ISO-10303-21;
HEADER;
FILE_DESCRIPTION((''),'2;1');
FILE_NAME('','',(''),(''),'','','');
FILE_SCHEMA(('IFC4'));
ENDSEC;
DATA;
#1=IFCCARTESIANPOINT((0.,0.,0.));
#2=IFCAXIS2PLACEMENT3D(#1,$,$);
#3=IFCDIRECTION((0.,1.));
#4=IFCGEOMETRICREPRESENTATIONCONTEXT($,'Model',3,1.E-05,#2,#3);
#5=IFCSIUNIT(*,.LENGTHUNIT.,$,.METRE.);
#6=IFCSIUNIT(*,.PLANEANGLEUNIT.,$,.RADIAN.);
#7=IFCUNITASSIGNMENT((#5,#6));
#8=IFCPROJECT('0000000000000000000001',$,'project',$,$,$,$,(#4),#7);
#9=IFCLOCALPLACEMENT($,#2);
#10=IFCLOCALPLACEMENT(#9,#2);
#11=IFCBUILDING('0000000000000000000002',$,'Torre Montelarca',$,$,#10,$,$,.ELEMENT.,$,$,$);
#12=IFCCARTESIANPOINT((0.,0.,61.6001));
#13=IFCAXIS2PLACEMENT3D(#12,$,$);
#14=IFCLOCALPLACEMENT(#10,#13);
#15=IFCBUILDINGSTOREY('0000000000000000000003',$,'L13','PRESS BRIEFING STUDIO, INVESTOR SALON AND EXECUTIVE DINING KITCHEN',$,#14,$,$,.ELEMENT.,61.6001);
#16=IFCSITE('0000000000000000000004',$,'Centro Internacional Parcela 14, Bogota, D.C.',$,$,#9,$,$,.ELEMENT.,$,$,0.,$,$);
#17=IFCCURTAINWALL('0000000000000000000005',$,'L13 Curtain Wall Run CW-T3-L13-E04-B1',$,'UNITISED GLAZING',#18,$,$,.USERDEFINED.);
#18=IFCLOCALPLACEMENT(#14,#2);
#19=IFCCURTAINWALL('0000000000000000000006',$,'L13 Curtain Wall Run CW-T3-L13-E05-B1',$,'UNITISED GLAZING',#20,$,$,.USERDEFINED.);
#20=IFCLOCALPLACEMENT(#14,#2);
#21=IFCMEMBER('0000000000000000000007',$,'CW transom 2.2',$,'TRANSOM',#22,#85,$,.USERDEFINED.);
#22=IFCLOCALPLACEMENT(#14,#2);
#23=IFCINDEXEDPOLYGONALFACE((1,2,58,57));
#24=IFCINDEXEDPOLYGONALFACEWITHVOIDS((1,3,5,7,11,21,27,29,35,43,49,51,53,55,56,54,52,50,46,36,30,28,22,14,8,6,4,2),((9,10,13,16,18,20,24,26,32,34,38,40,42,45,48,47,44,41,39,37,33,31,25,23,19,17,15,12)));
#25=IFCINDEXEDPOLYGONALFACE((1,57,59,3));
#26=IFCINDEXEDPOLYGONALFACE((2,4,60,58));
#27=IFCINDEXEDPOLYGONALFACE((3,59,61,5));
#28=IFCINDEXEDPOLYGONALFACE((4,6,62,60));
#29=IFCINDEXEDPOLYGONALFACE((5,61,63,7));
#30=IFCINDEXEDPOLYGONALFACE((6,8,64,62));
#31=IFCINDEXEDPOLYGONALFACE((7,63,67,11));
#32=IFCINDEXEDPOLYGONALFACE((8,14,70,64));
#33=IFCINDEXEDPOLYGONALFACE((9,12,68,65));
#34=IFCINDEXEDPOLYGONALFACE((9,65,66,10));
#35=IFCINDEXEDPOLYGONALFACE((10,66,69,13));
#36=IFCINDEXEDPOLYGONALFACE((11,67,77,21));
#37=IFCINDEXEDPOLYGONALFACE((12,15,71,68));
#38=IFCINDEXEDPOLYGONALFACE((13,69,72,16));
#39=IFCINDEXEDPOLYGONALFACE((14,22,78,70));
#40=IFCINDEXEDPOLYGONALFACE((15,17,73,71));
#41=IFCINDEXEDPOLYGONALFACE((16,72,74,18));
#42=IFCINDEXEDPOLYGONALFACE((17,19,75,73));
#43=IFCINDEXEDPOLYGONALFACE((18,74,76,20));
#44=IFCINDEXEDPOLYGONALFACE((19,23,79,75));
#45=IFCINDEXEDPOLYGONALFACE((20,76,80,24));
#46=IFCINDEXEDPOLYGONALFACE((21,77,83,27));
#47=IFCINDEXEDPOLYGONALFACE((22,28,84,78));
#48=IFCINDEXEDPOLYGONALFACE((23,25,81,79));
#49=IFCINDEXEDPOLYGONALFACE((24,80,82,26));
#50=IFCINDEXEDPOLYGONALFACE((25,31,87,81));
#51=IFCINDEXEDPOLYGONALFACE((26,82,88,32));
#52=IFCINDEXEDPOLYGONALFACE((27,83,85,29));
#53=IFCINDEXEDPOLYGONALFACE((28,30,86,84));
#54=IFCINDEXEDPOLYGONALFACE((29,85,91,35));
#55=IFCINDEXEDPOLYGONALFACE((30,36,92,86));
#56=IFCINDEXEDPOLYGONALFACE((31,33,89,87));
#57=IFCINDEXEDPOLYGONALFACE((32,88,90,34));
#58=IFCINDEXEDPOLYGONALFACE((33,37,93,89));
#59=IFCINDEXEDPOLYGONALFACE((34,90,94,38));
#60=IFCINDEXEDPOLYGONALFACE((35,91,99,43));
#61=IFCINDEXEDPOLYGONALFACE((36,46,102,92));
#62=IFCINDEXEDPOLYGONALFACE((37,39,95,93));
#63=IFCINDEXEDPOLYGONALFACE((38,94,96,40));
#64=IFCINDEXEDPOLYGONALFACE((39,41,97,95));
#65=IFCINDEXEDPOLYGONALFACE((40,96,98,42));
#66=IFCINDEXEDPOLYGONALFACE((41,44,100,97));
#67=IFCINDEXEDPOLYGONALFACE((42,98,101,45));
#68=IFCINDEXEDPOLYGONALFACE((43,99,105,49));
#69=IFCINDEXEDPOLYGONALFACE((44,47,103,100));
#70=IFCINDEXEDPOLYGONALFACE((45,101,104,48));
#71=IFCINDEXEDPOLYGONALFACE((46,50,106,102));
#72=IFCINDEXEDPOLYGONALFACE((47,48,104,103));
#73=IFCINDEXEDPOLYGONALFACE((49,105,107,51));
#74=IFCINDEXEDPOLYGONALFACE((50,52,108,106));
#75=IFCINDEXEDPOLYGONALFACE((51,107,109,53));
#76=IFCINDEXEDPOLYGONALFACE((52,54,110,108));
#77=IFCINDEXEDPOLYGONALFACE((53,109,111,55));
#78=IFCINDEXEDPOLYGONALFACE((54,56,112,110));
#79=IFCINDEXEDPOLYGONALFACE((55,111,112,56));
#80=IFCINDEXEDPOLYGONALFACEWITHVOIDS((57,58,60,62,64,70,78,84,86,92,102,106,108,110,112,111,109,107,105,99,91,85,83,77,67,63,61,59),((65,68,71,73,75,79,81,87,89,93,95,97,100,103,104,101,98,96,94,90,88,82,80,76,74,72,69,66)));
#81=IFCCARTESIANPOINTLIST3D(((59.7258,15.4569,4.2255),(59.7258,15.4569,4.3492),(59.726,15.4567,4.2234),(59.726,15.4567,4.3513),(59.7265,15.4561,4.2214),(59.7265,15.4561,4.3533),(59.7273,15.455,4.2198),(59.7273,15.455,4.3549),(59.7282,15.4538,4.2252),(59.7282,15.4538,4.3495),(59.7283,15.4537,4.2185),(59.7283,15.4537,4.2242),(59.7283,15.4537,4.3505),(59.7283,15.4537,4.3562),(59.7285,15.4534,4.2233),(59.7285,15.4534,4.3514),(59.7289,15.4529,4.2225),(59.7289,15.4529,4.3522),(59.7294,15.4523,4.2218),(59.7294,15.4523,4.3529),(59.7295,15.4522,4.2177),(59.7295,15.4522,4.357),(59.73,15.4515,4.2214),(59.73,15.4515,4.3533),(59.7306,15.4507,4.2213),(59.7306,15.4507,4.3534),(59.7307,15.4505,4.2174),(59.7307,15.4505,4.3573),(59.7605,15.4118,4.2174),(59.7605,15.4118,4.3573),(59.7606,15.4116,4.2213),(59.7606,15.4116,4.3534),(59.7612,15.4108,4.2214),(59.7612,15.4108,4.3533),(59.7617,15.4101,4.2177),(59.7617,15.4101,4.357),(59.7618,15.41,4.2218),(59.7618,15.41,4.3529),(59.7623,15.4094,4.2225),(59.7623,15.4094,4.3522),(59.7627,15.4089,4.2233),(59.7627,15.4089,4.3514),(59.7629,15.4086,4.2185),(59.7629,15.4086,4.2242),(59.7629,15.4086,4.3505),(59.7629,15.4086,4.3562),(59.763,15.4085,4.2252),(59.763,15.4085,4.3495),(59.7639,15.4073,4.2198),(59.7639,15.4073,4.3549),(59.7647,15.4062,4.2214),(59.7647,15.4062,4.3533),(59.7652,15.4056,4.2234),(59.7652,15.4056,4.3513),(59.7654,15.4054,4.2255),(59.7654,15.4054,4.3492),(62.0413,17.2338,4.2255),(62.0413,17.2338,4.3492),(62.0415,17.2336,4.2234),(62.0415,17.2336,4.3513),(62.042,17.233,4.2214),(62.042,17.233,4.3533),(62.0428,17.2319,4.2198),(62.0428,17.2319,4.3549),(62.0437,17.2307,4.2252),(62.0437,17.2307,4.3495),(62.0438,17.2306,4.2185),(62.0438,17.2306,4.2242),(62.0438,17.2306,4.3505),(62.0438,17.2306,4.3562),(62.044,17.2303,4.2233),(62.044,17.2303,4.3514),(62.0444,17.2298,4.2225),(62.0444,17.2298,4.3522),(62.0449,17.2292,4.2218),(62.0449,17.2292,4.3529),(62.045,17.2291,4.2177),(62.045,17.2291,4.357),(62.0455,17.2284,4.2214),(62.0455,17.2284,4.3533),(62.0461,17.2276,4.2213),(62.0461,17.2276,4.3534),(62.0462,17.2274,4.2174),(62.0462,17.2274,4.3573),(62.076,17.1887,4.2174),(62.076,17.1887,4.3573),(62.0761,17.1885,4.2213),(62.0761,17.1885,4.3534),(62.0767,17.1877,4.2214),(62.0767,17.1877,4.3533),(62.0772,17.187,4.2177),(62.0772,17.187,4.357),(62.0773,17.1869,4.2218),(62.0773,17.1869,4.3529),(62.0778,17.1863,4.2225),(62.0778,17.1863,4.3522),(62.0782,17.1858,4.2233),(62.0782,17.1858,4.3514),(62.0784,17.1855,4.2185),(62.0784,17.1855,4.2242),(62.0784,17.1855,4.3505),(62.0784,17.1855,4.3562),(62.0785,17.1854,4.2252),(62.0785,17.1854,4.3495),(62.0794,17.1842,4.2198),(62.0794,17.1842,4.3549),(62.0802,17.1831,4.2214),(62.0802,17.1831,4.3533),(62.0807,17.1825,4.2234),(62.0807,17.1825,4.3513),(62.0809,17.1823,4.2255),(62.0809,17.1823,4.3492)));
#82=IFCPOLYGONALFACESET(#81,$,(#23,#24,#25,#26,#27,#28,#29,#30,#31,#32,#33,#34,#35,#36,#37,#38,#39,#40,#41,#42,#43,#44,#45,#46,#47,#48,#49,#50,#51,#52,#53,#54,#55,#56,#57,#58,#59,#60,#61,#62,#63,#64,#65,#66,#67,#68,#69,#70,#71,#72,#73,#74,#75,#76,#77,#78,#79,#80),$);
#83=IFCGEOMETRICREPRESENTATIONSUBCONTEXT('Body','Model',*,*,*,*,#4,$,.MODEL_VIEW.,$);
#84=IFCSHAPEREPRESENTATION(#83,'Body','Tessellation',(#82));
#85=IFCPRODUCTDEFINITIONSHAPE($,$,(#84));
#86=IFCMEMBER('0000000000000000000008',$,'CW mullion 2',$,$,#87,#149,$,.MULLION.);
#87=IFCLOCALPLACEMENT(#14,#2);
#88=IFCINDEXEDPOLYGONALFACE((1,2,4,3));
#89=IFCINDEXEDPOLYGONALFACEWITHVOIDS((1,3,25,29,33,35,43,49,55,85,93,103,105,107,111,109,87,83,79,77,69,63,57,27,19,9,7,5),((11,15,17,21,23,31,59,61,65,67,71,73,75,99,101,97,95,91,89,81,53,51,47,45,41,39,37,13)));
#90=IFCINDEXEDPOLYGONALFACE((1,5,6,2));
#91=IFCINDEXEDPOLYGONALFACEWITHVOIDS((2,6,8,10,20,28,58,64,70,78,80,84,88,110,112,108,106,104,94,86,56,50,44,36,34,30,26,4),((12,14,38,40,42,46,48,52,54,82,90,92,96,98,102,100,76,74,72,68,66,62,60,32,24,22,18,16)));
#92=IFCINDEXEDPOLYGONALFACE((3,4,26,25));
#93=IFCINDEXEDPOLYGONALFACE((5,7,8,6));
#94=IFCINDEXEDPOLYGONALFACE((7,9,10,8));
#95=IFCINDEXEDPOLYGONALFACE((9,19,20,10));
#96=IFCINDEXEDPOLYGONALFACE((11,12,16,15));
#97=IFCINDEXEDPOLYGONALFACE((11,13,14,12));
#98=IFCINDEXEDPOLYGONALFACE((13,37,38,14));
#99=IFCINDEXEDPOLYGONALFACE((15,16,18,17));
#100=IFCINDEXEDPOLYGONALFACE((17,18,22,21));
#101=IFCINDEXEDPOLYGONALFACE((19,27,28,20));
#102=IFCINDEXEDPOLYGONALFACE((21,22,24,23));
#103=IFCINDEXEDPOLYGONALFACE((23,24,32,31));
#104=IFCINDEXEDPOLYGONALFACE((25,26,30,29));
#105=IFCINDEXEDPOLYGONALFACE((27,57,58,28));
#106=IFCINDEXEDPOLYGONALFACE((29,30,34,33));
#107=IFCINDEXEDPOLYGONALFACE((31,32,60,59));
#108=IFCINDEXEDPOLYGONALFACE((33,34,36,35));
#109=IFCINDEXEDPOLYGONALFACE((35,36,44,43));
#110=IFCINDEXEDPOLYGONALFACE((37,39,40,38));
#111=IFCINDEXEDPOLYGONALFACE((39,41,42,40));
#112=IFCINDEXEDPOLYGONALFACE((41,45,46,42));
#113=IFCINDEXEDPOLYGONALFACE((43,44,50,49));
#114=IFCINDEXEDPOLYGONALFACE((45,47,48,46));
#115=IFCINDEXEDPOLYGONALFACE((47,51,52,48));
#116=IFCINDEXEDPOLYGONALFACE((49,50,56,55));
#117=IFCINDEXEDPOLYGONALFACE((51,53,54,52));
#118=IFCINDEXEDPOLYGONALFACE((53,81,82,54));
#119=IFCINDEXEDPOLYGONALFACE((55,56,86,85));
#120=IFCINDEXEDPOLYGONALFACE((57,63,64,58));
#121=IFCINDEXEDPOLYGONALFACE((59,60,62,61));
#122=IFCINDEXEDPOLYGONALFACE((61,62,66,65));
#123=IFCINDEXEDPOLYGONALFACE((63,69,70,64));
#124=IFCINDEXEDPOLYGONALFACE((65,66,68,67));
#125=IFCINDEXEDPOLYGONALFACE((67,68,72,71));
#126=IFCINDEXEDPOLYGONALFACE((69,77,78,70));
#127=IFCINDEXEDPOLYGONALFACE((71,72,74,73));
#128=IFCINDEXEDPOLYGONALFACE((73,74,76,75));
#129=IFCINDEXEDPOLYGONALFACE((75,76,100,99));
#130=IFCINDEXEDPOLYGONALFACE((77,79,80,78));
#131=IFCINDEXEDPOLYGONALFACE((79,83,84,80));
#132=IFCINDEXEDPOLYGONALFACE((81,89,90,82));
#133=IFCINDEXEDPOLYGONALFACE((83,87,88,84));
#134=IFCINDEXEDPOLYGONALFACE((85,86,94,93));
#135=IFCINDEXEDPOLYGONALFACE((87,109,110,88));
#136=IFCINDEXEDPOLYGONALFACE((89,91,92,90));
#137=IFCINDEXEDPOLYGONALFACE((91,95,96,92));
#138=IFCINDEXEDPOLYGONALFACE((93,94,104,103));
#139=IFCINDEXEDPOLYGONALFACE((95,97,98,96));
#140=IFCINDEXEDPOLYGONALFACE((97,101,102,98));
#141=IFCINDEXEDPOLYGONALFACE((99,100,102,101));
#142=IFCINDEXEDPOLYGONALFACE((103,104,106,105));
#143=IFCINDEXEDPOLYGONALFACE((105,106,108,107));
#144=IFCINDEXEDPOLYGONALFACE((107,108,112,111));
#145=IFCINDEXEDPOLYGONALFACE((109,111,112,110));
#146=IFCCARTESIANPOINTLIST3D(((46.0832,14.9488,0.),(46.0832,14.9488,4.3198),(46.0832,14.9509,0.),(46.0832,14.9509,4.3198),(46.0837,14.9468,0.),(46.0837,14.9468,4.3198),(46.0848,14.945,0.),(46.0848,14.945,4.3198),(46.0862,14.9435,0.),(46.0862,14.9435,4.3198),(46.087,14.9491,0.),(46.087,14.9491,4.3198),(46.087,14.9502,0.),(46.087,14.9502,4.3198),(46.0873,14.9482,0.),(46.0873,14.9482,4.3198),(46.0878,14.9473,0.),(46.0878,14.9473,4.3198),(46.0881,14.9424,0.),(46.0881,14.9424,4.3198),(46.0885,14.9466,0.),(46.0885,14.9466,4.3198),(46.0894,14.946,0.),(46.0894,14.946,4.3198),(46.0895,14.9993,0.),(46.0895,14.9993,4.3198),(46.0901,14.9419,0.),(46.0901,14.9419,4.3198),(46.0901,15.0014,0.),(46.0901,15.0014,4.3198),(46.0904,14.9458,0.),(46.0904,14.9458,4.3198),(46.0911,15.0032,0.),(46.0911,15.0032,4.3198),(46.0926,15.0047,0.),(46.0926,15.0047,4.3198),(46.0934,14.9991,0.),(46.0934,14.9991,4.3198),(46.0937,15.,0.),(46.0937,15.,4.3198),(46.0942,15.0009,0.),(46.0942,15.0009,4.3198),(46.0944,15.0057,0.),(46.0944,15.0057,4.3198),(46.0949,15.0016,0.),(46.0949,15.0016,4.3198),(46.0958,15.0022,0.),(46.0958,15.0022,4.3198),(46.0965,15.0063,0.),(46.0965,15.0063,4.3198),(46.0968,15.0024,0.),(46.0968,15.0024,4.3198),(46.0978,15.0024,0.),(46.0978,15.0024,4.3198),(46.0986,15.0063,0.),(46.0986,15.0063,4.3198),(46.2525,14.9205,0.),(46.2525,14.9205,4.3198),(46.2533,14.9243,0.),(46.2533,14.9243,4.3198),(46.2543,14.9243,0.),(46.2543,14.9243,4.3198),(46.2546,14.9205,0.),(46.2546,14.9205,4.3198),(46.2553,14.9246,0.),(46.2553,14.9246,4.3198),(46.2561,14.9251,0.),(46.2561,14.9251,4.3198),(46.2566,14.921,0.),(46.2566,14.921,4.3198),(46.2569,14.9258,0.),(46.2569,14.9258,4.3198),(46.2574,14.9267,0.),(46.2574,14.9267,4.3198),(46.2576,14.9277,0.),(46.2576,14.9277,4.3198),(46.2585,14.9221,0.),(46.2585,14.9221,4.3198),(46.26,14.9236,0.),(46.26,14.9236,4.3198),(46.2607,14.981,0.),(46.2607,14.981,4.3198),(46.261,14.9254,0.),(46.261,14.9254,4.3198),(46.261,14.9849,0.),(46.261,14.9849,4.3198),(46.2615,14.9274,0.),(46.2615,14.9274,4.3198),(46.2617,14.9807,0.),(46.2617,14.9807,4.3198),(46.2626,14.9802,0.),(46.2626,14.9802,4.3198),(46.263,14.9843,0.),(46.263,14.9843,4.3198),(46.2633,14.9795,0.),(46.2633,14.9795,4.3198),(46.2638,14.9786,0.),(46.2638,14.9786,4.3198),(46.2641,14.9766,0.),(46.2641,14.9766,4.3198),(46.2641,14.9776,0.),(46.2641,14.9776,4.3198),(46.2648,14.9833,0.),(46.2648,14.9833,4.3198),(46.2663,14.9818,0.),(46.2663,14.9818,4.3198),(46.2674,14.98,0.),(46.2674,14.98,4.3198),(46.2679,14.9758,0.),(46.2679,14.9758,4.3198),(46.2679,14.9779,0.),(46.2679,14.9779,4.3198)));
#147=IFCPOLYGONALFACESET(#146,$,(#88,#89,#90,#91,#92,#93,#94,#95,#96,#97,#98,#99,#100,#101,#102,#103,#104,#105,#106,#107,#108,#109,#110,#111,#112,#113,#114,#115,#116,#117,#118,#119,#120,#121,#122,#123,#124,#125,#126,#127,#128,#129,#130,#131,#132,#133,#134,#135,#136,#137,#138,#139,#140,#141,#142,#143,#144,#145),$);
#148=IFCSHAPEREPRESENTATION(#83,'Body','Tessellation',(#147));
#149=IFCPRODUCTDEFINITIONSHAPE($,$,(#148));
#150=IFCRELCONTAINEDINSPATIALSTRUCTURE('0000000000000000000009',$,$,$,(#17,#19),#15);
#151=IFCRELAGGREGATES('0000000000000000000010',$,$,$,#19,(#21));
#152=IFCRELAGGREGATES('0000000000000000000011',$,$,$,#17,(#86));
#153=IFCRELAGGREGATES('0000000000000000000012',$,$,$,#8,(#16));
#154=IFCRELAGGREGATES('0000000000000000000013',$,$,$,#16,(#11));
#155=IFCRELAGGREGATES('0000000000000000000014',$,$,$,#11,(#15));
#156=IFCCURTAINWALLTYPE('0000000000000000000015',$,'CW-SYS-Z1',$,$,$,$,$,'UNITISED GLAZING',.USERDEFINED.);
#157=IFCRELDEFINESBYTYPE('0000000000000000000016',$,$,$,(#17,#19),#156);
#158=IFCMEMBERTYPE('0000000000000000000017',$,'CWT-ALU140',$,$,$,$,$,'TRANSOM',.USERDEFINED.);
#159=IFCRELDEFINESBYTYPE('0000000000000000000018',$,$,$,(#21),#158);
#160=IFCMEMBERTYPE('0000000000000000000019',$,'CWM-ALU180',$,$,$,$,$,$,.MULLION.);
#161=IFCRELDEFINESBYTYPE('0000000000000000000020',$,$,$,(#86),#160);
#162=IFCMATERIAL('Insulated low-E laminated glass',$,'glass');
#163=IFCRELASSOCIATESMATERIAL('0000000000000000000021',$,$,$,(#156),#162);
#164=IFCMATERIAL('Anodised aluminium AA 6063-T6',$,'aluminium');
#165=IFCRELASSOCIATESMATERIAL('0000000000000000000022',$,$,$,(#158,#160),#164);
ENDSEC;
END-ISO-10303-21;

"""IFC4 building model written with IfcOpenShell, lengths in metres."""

from ifc_helpers import new_model, si_unit, direction, frame, origin, origin_2d, place, context, subcontext, project, spatial, hollow_rectangle, extrude, source, transform, mapped, material, material_profile, profile_set, type_object, element, aggregate, save


model = new_model("IFC4")

# Units and contexts
model_context = context("Model", 3, precision=1e-05, world=origin(), true_north=direction((0.0, 1.0)))
body_context = subcontext(model_context, "Body", "Model", "MODEL_VIEW")
ifc_project = project(units=[si_unit("LENGTHUNIT", "METRE"), si_unit("PLANEANGLEUNIT", "RADIAN")], contexts=[model_context])

# Site, building, storey
site_placement = place(None, origin())
site = spatial("IfcSite", under=ifc_project, at=site_placement, Name="Centro Internacional Parcela 14, Bogota, D.C.", CompositionType="ELEMENT", RefElevation=0.0)
building_placement = place(site_placement, origin())
building = spatial("IfcBuilding", under=site, at=building_placement, Name="Torre Montelarca", CompositionType="ELEMENT")
storey_placement = place(building_placement, frame((0.0, 0.0, 61.6001)))
storey = spatial("IfcBuildingStorey", under=building, at=storey_placement, Name="L13", Description="PRESS BRIEFING STUDIO, INVESTOR SALON AND EXECUTIVE DINING KITCHEN", CompositionType="ELEMENT", Elevation=61.6001)

# Curtain walls, member
ifc_material_1 = material(Name="Insulated low-E laminated glass", Category="glass")
curtain_wall_type = type_object("IfcCurtainWallType", Name="CW-SYS-Z1", ElementType="UNITISED GLAZING", PredefinedType="USERDEFINED", material=ifc_material_1)
curtain_wall_1_placement = place(storey_placement, origin())
curtain_wall_1 = element("IfcCurtainWall", 1, at=curtain_wall_1_placement, inside=storey, type_object=curtain_wall_type, Name="L13 Curtain Wall Run CW-T3-L13-E04-B1", ObjectType="UNITISED GLAZING", PredefinedType="USERDEFINED")
ifc_material_2 = material(Name="Anodised aluminium AA 6063-T6", Category="aluminium")
ifc_material_profile_1 = material_profile(ifc_material_2, hollow_rectangle(XDim=0.0649, YDim=0.1399, WallThickness=0.0039, InnerFilletRadius=0.0039, OuterFilletRadius=0.0081, at=origin_2d()), Name="ALU65X140X4", Category="aluminium")
ifc_profile_set_1 = profile_set([ifc_material_profile_1], Name="Anodised aluminium AA 6063-T6")
member_type_1 = type_object("IfcMemberType", Name="CWT-ALU140", ElementType="TRANSOM", PredefinedType="USERDEFINED", material=ifc_profile_set_1)
curtain_wall_2_placement = place(storey_placement, origin())
curtain_wall_2 = element("IfcCurtainWall", 2, at=curtain_wall_2_placement, inside=storey, type_object=curtain_wall_type, Name="L13 Curtain Wall Run CW-T3-L13-E05-B1", ObjectType="UNITISED GLAZING", PredefinedType="USERDEFINED")
shared_shape_1 = source(origin(), body_context, "Body", "SweptSolid", [
    extrude(hollow_rectangle(XDim=0.0649, YDim=0.1399, WallThickness=0.0039, InnerFilletRadius=0.0039, OuterFilletRadius=0.0081, at=origin_2d()), origin(), (0.0, 0.0, 1.0), 2.9187),
])
member_1_placement = place(storey_placement, frame((59.7456, 15.4312, 4.2874), z_axis=(0.793326, 0.608797, 0.0), x_axis=(-0.608797, 0.793326, 0.0)))
member_1 = element("IfcMember", 3, at=member_1_placement, type_object=member_type_1, Name="CW transom 2.2", ObjectType="TRANSOM", PredefinedType="USERDEFINED", context=body_context, shape_type="MappedRepresentation", body=[
    mapped(shared_shape_1, transform((0.0, 0.0, 0.0), scale=1.0)),
])

# Member
ifc_material_profile_2 = material_profile(ifc_material_2, hollow_rectangle(XDim=0.0649, YDim=0.1799, WallThickness=0.0039, InnerFilletRadius=0.0039, OuterFilletRadius=0.0081, at=origin_2d()), Name="ALU65X180X4", Category="aluminium")
ifc_profile_set_2 = profile_set([ifc_material_profile_2], Name="Anodised aluminium AA 6063-T6")
member_type_2 = type_object("IfcMemberType", Name="CWM-ALU180", PredefinedType="MULLION", material=ifc_profile_set_2)
shared_shape_2 = source(origin(), body_context, "Body", "SweptSolid", [
    extrude(hollow_rectangle(XDim=0.0649, YDim=0.1799, WallThickness=0.0039, InnerFilletRadius=0.0039, OuterFilletRadius=0.0081, at=origin_2d()), origin(), (0.0, 0.0, 1.0), 4.3198),
])
member_2_placement = place(storey_placement, frame((46.1755, 14.9634, 0.0), z_axis=(0.0, 0.0, 1.0), x_axis=(0.130521, 0.991446, 0.0)))
member_2 = element("IfcMember", 4, at=member_2_placement, type_object=member_type_2, Name="CW mullion 2", PredefinedType="MULLION", context=body_context, shape_type="MappedRepresentation", body=[
    mapped(shared_shape_2, transform((0.0, 0.0, 0.0), scale=1.0)),
])

aggregate(curtain_wall_2, [member_1])
aggregate(curtain_wall_1, [member_2])

save(model, "model.ifc")
